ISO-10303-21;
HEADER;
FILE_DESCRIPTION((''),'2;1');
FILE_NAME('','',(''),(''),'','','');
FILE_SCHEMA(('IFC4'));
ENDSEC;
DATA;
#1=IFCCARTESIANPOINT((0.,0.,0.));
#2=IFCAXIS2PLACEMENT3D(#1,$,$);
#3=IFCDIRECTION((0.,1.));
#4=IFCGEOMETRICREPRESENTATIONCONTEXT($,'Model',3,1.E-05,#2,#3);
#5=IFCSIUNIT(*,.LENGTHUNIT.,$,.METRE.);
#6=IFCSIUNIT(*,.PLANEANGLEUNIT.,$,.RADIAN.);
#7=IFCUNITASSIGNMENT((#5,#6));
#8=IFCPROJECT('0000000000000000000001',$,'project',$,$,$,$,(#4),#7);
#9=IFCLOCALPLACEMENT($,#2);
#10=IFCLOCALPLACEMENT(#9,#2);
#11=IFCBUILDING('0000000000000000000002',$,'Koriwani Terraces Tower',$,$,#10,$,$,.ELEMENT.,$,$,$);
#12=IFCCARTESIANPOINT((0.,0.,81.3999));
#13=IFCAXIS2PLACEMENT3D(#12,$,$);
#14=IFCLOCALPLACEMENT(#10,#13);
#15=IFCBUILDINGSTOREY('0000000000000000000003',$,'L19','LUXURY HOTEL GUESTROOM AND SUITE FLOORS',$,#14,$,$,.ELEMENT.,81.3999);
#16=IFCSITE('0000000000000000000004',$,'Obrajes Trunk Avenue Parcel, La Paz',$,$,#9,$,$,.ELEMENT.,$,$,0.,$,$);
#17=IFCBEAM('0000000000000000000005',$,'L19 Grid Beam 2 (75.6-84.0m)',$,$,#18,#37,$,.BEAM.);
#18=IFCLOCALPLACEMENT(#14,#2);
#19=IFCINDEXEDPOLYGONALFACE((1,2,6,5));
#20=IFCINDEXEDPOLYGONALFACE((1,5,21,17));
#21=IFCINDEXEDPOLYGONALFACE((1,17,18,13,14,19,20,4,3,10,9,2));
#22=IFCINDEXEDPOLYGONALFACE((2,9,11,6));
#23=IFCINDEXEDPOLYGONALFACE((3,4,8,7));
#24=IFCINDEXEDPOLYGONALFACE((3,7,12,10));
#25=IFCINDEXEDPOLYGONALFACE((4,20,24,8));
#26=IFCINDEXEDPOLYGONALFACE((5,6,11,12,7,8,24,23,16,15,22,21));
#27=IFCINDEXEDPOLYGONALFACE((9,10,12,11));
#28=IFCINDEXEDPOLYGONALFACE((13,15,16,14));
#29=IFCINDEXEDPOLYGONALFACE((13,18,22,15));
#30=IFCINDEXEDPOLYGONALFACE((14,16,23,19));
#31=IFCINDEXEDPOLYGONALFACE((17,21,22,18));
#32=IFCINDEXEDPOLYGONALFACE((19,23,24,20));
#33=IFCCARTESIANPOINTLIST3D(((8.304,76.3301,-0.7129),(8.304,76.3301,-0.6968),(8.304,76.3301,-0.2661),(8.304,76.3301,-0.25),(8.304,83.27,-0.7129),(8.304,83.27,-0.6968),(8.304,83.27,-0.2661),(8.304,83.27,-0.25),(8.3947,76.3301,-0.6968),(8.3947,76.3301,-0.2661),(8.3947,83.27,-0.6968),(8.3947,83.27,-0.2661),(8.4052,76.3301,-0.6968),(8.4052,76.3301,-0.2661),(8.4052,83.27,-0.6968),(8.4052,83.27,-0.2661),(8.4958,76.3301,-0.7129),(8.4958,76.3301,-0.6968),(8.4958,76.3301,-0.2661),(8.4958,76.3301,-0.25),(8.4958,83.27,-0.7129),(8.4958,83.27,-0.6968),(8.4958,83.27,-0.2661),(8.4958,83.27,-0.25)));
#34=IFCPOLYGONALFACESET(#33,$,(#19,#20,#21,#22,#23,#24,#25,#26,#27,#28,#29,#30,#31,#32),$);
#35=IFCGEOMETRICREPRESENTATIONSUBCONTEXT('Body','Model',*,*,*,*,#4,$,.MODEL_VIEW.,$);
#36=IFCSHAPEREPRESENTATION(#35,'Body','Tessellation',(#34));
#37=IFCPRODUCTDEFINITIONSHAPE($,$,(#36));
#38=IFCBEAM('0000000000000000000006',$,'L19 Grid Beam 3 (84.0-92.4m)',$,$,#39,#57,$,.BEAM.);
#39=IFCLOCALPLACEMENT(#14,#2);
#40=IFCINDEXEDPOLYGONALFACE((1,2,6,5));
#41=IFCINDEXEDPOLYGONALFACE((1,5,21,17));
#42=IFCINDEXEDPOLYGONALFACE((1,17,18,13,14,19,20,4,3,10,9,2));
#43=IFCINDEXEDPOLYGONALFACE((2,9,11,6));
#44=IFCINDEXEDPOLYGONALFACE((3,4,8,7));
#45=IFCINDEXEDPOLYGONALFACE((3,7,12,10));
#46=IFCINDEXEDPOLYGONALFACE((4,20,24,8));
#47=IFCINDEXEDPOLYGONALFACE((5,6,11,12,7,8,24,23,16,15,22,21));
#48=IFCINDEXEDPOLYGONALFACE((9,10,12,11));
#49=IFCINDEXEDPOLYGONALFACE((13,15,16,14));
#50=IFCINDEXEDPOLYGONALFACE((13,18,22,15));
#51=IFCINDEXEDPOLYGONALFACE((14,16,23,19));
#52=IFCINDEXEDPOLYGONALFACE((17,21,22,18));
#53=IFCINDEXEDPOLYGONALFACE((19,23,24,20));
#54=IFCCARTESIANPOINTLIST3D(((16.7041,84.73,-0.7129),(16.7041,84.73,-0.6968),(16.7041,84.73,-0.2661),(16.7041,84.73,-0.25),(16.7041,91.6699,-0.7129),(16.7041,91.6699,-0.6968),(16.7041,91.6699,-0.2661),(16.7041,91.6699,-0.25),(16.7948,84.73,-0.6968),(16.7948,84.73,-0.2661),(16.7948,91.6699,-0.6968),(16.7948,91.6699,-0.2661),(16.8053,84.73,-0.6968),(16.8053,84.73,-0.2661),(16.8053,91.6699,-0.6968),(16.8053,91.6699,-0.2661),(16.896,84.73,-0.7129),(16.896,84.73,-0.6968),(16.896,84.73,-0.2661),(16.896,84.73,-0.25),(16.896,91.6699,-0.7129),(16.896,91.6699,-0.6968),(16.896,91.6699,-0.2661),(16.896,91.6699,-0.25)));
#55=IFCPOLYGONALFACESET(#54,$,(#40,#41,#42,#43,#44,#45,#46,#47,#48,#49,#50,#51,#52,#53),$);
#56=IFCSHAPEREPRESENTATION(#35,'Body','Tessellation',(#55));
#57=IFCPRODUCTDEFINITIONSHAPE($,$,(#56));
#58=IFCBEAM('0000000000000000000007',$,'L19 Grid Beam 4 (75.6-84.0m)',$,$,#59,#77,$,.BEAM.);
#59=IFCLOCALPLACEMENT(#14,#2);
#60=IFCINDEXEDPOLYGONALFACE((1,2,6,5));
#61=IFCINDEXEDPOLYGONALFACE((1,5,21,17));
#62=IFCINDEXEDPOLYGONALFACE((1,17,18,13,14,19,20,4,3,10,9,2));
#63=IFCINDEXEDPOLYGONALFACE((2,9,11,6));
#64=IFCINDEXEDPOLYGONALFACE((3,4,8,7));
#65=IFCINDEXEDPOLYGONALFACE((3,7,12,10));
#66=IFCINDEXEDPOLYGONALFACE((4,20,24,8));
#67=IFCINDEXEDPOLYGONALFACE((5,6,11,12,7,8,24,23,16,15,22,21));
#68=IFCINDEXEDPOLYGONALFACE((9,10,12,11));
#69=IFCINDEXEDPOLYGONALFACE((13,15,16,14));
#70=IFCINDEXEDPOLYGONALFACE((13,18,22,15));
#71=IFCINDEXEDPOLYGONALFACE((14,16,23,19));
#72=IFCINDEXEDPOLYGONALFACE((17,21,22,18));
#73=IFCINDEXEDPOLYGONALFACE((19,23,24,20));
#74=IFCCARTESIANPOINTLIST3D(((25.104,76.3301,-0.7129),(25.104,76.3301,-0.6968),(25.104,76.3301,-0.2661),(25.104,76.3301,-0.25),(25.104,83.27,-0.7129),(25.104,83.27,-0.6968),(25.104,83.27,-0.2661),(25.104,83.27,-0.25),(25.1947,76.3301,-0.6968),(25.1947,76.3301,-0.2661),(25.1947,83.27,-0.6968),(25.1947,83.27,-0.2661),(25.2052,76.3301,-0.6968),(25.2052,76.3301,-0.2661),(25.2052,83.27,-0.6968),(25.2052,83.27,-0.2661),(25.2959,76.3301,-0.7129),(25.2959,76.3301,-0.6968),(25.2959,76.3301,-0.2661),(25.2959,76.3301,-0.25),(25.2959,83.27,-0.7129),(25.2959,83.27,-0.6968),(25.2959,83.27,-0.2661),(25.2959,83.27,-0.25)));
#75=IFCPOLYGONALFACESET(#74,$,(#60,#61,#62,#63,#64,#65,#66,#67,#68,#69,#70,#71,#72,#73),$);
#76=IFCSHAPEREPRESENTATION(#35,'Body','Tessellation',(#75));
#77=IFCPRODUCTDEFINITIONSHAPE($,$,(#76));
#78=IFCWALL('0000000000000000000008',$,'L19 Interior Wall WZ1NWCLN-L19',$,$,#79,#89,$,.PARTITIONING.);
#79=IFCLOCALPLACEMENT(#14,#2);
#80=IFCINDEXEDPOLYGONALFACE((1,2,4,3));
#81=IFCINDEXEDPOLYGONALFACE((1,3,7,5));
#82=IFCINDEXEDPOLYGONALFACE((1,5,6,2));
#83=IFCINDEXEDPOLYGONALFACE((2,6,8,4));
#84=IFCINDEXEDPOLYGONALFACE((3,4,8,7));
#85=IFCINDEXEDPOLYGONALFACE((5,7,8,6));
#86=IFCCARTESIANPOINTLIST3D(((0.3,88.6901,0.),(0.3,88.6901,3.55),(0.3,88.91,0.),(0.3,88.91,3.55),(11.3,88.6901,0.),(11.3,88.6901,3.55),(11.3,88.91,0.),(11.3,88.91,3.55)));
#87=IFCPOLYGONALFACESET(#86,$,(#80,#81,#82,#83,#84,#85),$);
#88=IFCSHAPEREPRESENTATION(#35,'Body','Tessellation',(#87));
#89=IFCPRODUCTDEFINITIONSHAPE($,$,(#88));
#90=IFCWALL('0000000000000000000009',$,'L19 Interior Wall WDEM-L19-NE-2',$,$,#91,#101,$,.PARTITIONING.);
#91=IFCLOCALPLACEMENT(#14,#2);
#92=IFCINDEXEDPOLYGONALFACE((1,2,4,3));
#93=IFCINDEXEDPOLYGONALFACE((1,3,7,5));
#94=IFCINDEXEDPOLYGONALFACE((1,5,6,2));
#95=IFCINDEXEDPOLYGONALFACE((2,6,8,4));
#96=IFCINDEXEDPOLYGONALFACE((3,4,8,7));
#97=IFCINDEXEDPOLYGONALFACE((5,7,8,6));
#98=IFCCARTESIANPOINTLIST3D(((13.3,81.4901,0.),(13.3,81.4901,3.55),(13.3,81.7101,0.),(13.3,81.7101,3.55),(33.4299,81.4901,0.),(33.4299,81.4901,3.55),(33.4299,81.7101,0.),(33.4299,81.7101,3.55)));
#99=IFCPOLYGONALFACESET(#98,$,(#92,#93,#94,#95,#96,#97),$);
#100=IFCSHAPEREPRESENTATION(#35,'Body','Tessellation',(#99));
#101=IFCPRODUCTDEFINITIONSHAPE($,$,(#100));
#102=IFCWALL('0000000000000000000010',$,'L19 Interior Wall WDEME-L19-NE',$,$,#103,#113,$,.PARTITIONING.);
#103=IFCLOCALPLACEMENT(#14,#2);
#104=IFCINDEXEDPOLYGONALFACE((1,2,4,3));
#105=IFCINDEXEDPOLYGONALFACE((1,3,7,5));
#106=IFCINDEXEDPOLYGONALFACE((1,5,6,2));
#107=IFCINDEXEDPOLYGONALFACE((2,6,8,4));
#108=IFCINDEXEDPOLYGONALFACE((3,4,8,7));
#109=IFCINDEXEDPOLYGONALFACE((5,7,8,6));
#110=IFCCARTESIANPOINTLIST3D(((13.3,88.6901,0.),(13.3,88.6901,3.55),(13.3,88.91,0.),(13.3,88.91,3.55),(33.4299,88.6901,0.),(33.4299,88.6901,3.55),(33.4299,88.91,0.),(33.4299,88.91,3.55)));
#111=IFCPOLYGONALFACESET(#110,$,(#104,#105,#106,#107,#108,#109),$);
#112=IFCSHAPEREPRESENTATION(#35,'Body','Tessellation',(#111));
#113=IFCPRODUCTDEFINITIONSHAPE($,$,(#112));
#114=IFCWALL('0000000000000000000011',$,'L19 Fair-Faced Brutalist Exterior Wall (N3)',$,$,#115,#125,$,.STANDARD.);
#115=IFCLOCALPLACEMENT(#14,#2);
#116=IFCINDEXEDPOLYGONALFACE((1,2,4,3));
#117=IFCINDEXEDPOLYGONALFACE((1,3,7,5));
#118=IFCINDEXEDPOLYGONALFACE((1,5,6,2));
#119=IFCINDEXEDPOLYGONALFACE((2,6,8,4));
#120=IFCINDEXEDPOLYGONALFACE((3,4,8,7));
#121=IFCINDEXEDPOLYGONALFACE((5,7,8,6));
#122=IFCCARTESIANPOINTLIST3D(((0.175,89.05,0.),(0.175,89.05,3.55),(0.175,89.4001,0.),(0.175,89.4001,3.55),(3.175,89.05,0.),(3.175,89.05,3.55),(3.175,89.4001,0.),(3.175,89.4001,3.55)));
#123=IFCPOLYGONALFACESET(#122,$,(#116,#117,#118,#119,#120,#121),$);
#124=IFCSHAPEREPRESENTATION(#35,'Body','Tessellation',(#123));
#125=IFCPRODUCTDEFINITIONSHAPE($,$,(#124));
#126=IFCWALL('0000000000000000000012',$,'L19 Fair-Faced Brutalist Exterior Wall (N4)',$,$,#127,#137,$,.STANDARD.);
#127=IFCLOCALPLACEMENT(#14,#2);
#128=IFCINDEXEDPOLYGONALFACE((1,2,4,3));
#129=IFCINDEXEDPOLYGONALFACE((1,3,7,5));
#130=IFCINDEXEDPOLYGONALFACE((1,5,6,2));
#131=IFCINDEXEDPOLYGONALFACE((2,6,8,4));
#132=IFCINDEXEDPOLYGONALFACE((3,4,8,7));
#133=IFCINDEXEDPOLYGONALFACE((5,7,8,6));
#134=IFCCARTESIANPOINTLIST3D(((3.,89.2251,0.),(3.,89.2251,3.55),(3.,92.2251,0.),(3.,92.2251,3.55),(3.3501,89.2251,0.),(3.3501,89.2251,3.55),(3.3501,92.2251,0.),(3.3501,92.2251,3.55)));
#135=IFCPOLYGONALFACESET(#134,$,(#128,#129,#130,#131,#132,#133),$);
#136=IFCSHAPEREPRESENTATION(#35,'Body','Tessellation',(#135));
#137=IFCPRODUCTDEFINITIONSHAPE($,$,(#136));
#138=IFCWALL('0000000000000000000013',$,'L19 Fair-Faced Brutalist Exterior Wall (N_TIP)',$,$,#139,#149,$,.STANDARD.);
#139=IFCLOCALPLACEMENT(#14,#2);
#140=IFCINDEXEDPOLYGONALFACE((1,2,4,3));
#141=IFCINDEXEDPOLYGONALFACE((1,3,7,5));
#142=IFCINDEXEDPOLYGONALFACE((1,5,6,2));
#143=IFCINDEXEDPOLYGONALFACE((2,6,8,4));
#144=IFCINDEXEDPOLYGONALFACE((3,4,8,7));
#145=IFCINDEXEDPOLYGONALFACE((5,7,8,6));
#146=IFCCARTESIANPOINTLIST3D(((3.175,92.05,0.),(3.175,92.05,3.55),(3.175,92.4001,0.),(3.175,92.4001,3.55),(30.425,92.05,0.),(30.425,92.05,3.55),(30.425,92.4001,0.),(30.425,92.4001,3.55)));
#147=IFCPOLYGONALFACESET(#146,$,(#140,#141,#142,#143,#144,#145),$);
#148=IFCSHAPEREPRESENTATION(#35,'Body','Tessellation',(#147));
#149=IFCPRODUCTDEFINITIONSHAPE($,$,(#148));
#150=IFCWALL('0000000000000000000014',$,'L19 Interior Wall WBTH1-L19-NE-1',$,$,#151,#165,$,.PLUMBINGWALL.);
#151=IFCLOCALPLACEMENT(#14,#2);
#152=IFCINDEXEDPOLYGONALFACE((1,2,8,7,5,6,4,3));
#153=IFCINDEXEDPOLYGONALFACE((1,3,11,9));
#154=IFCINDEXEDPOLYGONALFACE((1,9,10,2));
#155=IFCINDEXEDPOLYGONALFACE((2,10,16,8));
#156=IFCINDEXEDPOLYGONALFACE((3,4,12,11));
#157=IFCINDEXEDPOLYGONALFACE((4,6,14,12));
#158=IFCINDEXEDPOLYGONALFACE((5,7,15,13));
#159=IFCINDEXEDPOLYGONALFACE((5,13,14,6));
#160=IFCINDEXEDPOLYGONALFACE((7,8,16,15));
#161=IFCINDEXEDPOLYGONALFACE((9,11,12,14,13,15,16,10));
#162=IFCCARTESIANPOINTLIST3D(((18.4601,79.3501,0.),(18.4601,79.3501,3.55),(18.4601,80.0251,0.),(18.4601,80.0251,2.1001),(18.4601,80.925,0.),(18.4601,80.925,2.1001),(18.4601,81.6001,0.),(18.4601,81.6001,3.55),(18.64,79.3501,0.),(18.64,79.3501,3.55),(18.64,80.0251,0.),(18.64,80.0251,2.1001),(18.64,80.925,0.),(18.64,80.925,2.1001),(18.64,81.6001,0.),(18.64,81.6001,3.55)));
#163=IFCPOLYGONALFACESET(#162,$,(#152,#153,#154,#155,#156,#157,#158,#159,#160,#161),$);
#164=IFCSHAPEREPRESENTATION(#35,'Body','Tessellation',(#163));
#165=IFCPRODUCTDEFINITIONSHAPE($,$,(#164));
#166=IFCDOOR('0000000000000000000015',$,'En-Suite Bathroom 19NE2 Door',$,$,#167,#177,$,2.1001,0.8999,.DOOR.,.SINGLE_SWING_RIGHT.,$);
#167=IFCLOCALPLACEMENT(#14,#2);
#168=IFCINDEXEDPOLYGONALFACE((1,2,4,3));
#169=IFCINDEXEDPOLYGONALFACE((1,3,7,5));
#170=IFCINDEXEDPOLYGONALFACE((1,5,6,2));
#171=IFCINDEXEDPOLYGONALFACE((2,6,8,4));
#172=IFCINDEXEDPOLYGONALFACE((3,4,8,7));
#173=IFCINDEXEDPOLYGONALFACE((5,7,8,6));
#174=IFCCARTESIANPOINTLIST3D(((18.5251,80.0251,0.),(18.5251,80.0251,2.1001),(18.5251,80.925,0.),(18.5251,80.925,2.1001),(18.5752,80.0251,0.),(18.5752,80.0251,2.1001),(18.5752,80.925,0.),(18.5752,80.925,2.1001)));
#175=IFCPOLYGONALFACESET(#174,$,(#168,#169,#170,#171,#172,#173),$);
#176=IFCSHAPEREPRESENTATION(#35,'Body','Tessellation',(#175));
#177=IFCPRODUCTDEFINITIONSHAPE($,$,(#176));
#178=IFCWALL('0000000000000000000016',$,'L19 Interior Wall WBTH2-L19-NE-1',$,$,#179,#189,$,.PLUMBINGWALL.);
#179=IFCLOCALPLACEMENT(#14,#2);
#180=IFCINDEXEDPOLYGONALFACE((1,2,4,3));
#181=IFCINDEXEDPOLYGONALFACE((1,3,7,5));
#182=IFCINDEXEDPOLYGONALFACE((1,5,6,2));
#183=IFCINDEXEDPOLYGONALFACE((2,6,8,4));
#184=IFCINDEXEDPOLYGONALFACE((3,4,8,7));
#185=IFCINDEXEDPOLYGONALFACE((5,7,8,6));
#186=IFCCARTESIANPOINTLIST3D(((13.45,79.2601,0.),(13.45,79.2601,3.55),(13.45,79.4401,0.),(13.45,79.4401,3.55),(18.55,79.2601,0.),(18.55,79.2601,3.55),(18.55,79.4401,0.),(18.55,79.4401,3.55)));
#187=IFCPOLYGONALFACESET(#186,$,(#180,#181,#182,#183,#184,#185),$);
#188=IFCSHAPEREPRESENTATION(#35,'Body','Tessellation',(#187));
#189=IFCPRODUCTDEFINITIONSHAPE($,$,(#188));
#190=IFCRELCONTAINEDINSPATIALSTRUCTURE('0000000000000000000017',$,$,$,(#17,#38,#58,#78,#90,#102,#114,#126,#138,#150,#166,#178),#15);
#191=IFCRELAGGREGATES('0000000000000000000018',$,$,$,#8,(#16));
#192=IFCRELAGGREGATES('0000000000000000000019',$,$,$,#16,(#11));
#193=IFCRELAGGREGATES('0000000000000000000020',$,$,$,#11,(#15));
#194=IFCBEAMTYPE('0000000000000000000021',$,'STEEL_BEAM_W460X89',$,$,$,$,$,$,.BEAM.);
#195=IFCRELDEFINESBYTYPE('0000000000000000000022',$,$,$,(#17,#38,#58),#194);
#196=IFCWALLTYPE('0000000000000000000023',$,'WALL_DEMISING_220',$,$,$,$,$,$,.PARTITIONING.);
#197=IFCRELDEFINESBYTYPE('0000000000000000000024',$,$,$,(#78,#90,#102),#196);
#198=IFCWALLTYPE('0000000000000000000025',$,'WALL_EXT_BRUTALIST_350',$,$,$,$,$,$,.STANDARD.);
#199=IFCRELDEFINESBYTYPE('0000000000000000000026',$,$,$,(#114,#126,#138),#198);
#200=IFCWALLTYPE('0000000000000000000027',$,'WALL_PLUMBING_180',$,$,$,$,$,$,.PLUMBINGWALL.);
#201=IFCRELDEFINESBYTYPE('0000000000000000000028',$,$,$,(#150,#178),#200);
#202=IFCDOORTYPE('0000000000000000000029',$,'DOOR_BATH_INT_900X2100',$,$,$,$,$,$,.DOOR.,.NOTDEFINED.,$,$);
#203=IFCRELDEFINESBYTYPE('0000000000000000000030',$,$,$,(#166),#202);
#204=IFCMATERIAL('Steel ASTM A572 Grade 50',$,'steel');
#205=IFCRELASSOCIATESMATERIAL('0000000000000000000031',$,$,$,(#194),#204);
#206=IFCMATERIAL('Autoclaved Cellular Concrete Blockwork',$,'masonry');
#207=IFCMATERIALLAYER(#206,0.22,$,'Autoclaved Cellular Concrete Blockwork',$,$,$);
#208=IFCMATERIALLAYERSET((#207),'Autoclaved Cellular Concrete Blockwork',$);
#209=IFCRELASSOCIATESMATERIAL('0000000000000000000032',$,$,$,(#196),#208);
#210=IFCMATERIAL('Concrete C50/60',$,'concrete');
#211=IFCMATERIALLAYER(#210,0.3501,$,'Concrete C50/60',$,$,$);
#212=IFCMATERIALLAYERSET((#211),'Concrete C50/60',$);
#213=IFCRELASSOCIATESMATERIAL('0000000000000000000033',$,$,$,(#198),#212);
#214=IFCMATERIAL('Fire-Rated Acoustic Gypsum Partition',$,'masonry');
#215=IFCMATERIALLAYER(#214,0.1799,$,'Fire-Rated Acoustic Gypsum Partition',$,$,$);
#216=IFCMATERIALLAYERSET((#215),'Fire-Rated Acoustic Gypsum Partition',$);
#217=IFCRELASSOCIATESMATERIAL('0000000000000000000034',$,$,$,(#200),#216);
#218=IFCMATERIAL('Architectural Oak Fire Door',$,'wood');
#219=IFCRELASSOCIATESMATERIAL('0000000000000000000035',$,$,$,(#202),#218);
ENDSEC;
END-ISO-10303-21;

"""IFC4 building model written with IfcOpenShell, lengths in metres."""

from ifc_helpers import new_model, si_unit, direction, frame, frame_2d, origin, origin_2d, place, context, subcontext, project, spatial, rectangle, i_section, extrude, material, layer, layer_set, material_profile, profile_set, type_object, element, fill, save


model = new_model("IFC4")

# Units and contexts
model_context = context("Model", 3, precision=1e-05, world=origin(), true_north=direction((0.0, 1.0)))
body_context = subcontext(model_context, "Body", "Model", "MODEL_VIEW")
ifc_project = project(units=[si_unit("LENGTHUNIT", "METRE"), si_unit("PLANEANGLEUNIT", "RADIAN")], contexts=[model_context])

# Site, building, storey
site_placement = place(None, origin())
site = spatial("IfcSite", under=ifc_project, at=site_placement, Name="Obrajes Trunk Avenue Parcel, La Paz", CompositionType="ELEMENT", RefElevation=0.0)
building_placement = place(site_placement, origin())
building = spatial("IfcBuilding", under=site, at=building_placement, Name="Koriwani Terraces Tower", CompositionType="ELEMENT")
storey_placement = place(building_placement, frame((0.0, 0.0, 81.3999)))
storey = spatial("IfcBuildingStorey", under=building, at=storey_placement, Name="L19", Description="LUXURY HOTEL GUESTROOM AND SUITE FLOORS", CompositionType="ELEMENT", Elevation=81.3999)

# Beams
ifc_material_1 = material(Name="Concrete C50/60", Category="concrete")
ifc_material_2 = material(Name="Steel ASTM A572 Grade 50", Category="steel")
ifc_material_profile_1 = material_profile(ifc_material_2, i_section(OverallWidth=0.1919, OverallDepth=0.4629, WebThickness=0.0105, FlangeThickness=0.0161, at=origin_2d()), Name="Steel ASTM A572 Grade 50", Category="LoadBearing")
ifc_profile_set_1 = profile_set([ifc_material_profile_1], Name="Steel ASTM A572 Grade 50")
beam_type_1 = type_object("IfcBeamType", Name="STEEL_BEAM_W460X89", PredefinedType="BEAM", material=ifc_profile_set_1)
for number, where, z_axis, x_axis, name in (
    (1, (8.3999, 76.3301, -0.4814), (0.0, 1.0, 0.0), (-1.0, 0.0, 0.0), "L19 Grid Beam 2 (75.6-84.0m)"),
    (2, (16.8, 84.73, -0.4814), (0.0, 1.0, 0.0), (-1.0, 0.0, 0.0), "L19 Grid Beam 3 (84.0-92.4m)"),
    (3, (25.2, 76.3301, -0.4814), (0.0, 1.0, 0.0), (-1.0, 0.0, 0.0), "L19 Grid Beam 4 (75.6-84.0m)"),
):
    element("IfcBeam", number, at=place(storey_placement, frame(where, z_axis=z_axis, x_axis=x_axis)), inside=storey, type_object=beam_type_1, Name=name, PredefinedType="BEAM", context=body_context, shape_type="SweptSolid", body=[
        extrude(i_section(OverallWidth=0.1919, OverallDepth=0.4629, WebThickness=0.0105, FlangeThickness=0.0161, at=origin_2d()), origin(), (0.0, 0.0, 1.0), 6.9399),
    ])

# Walls
ifc_material_3 = material(Name="Autoclaved Cellular Concrete Blockwork", Category="masonry")
ifc_layer_1 = layer(ifc_material_3, 0.22, Name="Autoclaved Cellular Concrete Blockwork")
ifc_layer_set_1 = layer_set([ifc_layer_1], Name="Autoclaved Cellular Concrete Blockwork")
wall_type_1 = type_object("IfcWallType", Name="WALL_DEMISING_220", PredefinedType="PARTITIONING", material=ifc_layer_set_1)
wall_1_placement = place(storey_placement, frame((0.3, 88.8, 0.0), z_axis=(0.0, 0.0, 1.0), x_axis=(1.0, 0.0, 0.0)))
element("IfcWall", 4, at=wall_1_placement, inside=storey, type_object=wall_type_1, Name="L19 Interior Wall WZ1NWCLN-L19", PredefinedType="PARTITIONING", context=body_context, shape_type="SweptSolid", body=[
    extrude(rectangle(XDim=11.0, YDim=0.22, at=frame_2d((5.5, 0.0))), origin(), (0.0, 0.0, 1.0), 3.55),
])
for number, where, z_axis, x_axis, name in (
    (5, (13.3, 81.6001, 0.0), (0.0, 0.0, 1.0), (1.0, 0.0, 0.0), "L19 Interior Wall WDEM-L19-NE-2"),
    (6, (13.3, 88.8, 0.0), (0.0, 0.0, 1.0), (1.0, 0.0, 0.0), "L19 Interior Wall WDEME-L19-NE"),
):
    element("IfcWall", number, at=place(storey_placement, frame(where, z_axis=z_axis, x_axis=x_axis)), inside=storey, type_object=wall_type_1, Name=name, PredefinedType="PARTITIONING", context=body_context, shape_type="SweptSolid", body=[
        extrude(rectangle(XDim=20.1299, YDim=0.22, at=frame_2d((10.0649, 0.0))), origin(), (0.0, 0.0, 1.0), 3.55),
    ])
ifc_layer_2 = layer(ifc_material_1, 0.3501, Name="Concrete C50/60")
ifc_layer_set_2 = layer_set([ifc_layer_2], Name="Concrete C50/60")
wall_type_2 = type_object("IfcWallType", Name="WALL_EXT_BRUTALIST_350", PredefinedType="STANDARD", material=ifc_layer_set_2)
for number, where, z_axis, x_axis, name in (
    (7, (0.175, 89.2251, 0.0), (0.0, 0.0, 1.0), (1.0, 0.0, 0.0), "L19 Fair-Faced Brutalist Exterior Wall (N3)"),
    (8, (3.175, 89.2251, 0.0), (0.0, 0.0, 1.0), (0.0, 1.0, 0.0), "L19 Fair-Faced Brutalist Exterior Wall (N4)"),
):
    element("IfcWall", number, at=place(storey_placement, frame(where, z_axis=z_axis, x_axis=x_axis)), inside=storey, type_object=wall_type_2, Name=name, PredefinedType="STANDARD", context=body_context, shape_type="SweptSolid", body=[
        extrude(rectangle(XDim=3.0, YDim=0.3501, at=frame_2d((1.5, 0.0))), origin(), (0.0, 0.0, 1.0), 3.55),
    ])
wall_2_placement = place(storey_placement, frame((3.175, 92.2251, 0.0), z_axis=(0.0, 0.0, 1.0), x_axis=(1.0, 0.0, 0.0)))
element("IfcWall", 9, at=wall_2_placement, inside=storey, type_object=wall_type_2, Name="L19 Fair-Faced Brutalist Exterior Wall (N_TIP)", PredefinedType="STANDARD", context=body_context, shape_type="SweptSolid", body=[
    extrude(rectangle(XDim=27.25, YDim=0.3501, at=frame_2d((13.625, 0.0))), origin(), (0.0, 0.0, 1.0), 3.55),
])

# Wall, opening, door
ifc_material_4 = material(Name="Fire-Rated Acoustic Gypsum Partition", Category="masonry")
ifc_layer_3 = layer(ifc_material_4, 0.1799, Name="Fire-Rated Acoustic Gypsum Partition")
ifc_layer_set_3 = layer_set([ifc_layer_3], Name="Fire-Rated Acoustic Gypsum Partition")
wall_type_3 = type_object("IfcWallType", Name="WALL_PLUMBING_180", PredefinedType="PLUMBINGWALL", material=ifc_layer_set_3)
wall_3_placement = place(storey_placement, frame((18.55, 79.3501, 0.0), z_axis=(0.0, 0.0, 1.0), x_axis=(0.0, 1.0, 0.0)))
wall_3 = element("IfcWall", 10, at=wall_3_placement, inside=storey, type_object=wall_type_3, Name="L19 Interior Wall WBTH1-L19-NE-1", PredefinedType="PLUMBINGWALL", context=body_context, shape_type="SweptSolid", body=[
    extrude(rectangle(XDim=2.25, YDim=0.1799, at=frame_2d((1.125, 0.0))), origin(), (0.0, 0.0, 1.0), 3.55),
])
opening_1_placement = place(wall_3_placement, frame((0.675, 0.0, 0.0)))
opening_1 = element("IfcOpeningElement", 11, at=opening_1_placement, cuts=wall_3, PredefinedType="OPENING", context=body_context, shape_type="SweptSolid", body=[
    extrude(rectangle(XDim=0.8999, YDim=2.1001, at=frame_2d((0.45, 1.05))), frame((0.0, 0.1001, 0.0), z_axis=(0.0, -1.0, 0.0), x_axis=(1.0, 0.0, 0.0)), (0.0, 0.0, 1.0), 0.2),
])
ifc_material_5 = material(Name="Architectural Oak Fire Door", Category="wood")
door_type = type_object("IfcDoorType", Name="DOOR_BATH_INT_900X2100", OperationType="NOTDEFINED", PredefinedType="DOOR", material=ifc_material_5)
door_1_placement = place(opening_1_placement, origin())
door_1 = element("IfcDoor", 12, at=door_1_placement, inside=storey, type_object=door_type, Name="En-Suite Bathroom 19NE2 Door", OperationType="SINGLE_SWING_RIGHT", OverallHeight=2.1001, OverallWidth=0.8999, PredefinedType="DOOR", context=body_context, shape_type="SweptSolid", body=[
    extrude(rectangle(XDim=0.8999, YDim=2.1001, at=frame_2d((0.45, 1.05))), frame((0.0, 0.0249, 0.0), z_axis=(0.0, -1.0, 0.0), x_axis=(1.0, 0.0, 0.0)), (0.0, 0.0, 1.0), 0.05),
])
fill(opening_1, door_1)

# Wall
wall_4_placement = place(storey_placement, frame((13.45, 79.3501, 0.0), z_axis=(0.0, 0.0, 1.0), x_axis=(1.0, 0.0, 0.0)))
element("IfcWall", 13, at=wall_4_placement, inside=storey, type_object=wall_type_3, Name="L19 Interior Wall WBTH2-L19-NE-1", PredefinedType="PLUMBINGWALL", context=body_context, shape_type="SweptSolid", body=[
    extrude(rectangle(XDim=5.1001, YDim=0.1799, at=frame_2d((2.55, 0.0))), origin(), (0.0, 0.0, 1.0), 3.55),
])

save(model, "model.ifc")
